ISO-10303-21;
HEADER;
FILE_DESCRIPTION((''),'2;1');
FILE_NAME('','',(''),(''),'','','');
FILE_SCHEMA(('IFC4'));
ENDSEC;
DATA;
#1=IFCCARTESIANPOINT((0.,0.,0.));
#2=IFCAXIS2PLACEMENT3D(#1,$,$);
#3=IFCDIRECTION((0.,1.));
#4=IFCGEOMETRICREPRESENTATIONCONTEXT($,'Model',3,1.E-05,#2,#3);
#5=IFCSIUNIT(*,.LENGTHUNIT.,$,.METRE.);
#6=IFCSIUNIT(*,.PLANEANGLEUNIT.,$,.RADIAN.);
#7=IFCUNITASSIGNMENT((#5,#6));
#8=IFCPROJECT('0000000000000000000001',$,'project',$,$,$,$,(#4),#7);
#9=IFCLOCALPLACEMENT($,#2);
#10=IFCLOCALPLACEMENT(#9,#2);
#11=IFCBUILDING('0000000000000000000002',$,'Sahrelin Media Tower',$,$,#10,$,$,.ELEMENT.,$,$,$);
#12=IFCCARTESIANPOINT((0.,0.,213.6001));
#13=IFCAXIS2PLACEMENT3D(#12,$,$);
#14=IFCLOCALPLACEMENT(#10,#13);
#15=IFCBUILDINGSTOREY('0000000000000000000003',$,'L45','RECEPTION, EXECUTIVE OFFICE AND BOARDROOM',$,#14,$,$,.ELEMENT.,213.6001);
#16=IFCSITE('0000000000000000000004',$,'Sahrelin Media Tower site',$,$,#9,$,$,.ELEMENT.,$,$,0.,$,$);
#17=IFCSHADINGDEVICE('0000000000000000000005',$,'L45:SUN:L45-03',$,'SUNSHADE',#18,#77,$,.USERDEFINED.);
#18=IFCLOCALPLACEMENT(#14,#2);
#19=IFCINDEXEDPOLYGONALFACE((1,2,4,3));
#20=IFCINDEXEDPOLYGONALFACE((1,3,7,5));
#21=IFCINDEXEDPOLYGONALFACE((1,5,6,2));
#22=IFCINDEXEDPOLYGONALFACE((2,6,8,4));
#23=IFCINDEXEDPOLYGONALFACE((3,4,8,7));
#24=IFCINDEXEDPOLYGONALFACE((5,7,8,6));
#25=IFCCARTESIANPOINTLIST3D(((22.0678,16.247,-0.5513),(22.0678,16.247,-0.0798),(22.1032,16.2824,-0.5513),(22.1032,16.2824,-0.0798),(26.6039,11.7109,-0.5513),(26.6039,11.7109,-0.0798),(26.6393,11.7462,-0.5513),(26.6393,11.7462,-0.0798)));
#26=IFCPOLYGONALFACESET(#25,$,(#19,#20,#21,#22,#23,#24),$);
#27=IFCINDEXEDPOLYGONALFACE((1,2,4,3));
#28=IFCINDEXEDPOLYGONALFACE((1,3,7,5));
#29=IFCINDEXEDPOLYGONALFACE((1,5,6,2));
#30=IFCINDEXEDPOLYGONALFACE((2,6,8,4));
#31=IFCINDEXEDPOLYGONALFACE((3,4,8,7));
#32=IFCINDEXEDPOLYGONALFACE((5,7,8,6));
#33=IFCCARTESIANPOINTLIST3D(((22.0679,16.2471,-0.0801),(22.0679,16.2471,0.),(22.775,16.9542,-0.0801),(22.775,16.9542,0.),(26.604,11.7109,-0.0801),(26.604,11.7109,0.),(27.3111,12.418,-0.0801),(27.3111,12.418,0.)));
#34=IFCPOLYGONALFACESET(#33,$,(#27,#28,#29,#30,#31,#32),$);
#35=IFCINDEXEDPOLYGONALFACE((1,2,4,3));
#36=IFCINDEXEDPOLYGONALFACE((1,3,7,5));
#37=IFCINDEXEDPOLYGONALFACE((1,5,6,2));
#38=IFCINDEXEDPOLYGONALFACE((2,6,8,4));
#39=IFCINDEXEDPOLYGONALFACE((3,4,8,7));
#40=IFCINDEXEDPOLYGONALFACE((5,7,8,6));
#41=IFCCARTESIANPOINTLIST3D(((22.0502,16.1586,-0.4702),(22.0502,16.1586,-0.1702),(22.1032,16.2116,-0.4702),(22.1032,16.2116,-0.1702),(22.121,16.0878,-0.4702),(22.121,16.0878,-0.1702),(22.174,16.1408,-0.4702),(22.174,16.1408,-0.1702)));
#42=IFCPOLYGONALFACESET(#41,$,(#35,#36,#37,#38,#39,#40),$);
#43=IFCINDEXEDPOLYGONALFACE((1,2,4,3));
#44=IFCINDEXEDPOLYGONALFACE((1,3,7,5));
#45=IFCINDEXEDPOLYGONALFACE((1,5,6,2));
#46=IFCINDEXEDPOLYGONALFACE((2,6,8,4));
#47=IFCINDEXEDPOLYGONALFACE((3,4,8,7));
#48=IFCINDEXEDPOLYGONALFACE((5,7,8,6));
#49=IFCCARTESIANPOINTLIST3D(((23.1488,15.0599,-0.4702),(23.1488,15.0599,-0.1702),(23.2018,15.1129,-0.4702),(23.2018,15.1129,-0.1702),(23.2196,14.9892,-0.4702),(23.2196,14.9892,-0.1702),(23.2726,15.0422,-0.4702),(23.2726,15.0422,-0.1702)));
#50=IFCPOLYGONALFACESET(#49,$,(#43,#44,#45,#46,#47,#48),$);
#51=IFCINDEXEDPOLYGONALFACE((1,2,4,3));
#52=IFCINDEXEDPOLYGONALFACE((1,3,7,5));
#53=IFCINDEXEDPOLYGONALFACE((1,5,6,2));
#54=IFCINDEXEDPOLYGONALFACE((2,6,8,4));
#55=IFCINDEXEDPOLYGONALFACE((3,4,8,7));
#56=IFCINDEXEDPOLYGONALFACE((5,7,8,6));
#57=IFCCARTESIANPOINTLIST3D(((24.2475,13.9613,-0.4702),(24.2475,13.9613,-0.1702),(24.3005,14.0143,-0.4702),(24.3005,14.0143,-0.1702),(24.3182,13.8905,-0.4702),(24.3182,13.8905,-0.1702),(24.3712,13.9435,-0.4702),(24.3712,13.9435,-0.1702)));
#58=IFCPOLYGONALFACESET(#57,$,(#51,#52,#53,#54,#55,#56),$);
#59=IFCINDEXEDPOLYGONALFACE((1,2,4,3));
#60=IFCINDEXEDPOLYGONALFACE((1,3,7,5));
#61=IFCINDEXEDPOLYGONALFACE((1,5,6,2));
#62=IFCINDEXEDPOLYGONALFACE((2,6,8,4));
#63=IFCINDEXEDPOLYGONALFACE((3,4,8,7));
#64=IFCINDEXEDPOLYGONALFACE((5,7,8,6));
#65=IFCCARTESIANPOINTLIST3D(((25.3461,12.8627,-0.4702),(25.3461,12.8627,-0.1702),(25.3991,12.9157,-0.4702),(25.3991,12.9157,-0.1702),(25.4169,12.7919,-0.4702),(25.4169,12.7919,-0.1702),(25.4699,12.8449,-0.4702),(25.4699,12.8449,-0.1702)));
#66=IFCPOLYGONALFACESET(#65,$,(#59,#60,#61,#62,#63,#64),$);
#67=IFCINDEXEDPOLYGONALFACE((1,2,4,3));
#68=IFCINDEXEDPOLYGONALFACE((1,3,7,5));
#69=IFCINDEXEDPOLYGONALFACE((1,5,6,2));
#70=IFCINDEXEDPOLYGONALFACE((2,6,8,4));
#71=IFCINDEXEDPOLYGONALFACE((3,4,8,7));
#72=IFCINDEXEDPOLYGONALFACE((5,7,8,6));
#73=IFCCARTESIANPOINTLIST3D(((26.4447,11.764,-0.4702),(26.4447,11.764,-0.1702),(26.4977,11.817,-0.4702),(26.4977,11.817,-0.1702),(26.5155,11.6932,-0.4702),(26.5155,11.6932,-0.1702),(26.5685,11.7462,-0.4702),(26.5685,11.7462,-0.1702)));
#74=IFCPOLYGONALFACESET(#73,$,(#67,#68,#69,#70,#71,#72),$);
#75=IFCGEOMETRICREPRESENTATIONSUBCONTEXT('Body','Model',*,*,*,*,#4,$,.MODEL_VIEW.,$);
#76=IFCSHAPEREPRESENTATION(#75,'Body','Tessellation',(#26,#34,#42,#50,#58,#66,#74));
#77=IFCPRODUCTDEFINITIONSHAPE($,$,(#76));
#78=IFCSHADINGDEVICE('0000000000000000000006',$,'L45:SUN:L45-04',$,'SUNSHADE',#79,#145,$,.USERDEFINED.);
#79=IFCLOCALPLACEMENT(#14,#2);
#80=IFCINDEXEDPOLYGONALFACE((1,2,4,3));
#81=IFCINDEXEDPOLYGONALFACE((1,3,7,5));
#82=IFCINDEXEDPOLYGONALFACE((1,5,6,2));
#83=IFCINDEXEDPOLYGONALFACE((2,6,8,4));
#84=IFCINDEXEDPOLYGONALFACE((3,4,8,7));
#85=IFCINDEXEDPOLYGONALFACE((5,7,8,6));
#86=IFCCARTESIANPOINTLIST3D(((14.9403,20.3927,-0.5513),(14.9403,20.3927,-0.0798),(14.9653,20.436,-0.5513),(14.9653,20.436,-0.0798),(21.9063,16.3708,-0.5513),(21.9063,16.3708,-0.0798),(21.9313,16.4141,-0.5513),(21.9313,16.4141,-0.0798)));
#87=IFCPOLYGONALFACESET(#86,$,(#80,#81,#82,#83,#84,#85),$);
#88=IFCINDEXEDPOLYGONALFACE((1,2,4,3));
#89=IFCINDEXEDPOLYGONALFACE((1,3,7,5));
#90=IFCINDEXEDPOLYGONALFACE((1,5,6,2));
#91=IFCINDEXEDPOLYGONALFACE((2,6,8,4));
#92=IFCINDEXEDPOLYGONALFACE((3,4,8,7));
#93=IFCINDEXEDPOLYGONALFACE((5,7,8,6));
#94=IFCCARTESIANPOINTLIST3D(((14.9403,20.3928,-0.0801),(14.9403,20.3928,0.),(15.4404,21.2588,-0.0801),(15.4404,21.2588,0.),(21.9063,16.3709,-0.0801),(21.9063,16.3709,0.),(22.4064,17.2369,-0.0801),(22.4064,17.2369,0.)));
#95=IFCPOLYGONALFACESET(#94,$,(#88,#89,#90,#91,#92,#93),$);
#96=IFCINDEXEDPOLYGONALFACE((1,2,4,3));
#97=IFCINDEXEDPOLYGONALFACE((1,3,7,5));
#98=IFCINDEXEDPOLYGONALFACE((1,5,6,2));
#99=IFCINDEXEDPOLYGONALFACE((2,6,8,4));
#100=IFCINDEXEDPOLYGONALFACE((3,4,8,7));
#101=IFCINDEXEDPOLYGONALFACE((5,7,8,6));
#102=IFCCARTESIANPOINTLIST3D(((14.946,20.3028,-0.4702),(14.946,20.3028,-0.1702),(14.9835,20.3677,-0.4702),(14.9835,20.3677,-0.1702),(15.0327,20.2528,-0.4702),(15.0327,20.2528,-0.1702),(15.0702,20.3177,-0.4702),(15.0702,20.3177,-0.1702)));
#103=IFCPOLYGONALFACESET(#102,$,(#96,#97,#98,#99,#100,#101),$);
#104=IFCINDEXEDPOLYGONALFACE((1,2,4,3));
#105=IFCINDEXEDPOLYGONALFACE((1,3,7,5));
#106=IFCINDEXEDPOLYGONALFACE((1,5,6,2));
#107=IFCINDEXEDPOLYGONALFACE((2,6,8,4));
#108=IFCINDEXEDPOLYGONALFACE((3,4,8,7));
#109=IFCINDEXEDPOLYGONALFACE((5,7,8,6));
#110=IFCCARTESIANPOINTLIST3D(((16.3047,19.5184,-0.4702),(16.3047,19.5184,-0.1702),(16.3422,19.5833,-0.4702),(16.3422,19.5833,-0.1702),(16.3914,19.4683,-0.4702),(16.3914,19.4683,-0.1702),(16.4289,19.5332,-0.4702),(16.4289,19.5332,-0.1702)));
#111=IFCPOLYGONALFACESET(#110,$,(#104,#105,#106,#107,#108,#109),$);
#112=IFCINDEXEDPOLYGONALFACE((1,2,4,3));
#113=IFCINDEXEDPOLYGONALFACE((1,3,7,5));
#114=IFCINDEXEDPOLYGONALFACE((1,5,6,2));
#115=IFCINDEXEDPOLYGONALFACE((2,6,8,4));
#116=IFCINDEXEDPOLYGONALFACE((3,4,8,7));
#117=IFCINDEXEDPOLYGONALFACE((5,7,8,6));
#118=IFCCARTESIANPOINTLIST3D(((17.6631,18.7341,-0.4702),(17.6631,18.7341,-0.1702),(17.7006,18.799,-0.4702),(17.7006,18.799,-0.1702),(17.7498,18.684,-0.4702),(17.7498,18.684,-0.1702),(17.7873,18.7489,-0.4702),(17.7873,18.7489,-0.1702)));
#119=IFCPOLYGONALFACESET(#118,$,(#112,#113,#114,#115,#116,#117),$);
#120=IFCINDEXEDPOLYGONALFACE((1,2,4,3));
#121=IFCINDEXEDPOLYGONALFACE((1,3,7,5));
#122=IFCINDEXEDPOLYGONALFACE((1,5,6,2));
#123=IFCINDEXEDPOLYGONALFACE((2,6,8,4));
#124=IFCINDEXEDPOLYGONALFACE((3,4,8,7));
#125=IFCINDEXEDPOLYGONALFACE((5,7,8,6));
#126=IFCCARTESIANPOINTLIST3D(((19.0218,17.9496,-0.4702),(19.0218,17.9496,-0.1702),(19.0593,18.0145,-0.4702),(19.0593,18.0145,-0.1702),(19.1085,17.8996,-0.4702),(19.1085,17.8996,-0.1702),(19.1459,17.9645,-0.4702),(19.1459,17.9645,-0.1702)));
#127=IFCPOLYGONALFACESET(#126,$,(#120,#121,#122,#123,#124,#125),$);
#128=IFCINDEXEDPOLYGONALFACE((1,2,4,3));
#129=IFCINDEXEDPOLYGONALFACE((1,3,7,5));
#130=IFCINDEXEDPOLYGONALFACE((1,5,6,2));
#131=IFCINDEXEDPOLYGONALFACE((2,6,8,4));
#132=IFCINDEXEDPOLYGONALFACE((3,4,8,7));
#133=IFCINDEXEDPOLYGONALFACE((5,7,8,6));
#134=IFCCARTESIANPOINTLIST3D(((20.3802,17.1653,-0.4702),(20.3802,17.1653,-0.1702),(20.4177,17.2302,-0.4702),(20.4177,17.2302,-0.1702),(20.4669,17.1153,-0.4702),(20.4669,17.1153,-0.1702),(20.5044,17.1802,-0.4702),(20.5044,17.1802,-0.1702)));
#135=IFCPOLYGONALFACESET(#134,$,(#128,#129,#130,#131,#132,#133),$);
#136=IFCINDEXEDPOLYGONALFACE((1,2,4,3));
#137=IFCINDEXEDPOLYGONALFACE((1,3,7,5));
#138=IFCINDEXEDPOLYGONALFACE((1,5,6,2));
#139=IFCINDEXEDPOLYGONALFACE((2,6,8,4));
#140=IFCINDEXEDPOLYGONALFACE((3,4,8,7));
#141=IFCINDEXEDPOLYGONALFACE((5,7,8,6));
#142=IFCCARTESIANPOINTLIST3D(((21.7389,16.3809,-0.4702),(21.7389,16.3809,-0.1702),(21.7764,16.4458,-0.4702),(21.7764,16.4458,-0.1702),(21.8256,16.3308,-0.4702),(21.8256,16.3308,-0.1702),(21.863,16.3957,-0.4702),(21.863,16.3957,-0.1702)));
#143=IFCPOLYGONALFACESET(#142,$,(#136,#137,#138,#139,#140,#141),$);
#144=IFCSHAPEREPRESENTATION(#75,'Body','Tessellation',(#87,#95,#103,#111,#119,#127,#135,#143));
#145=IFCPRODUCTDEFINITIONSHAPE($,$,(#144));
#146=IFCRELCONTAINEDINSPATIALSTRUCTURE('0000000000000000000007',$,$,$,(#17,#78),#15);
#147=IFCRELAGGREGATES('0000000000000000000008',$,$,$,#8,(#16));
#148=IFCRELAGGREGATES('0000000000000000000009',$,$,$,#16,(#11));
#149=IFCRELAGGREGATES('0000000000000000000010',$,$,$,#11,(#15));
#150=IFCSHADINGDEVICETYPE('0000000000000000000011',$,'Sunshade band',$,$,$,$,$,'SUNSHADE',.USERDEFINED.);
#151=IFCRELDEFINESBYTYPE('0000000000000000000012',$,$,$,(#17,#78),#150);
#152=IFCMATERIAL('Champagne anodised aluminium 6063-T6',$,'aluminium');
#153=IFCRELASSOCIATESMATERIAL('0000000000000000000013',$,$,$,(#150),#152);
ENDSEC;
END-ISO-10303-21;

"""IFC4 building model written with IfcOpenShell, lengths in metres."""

from ifc_helpers import new_model, si_unit, direction, frame, origin, origin_2d, place, context, subcontext, project, spatial, rectangle, extrude, material, type_object, element, save


model = new_model("IFC4")

# Units and contexts
model_context = context("Model", 3, precision=1e-05, world=origin(), true_north=direction((0.0, 1.0)))
body_context = subcontext(model_context, "Body", "Model", "MODEL_VIEW")
ifc_project = project(units=[si_unit("LENGTHUNIT", "METRE"), si_unit("PLANEANGLEUNIT", "RADIAN")], contexts=[model_context])

# Site, building, storey
site_placement = place(None, origin())
site = spatial("IfcSite", under=ifc_project, at=site_placement, Name="Sahrelin Media Tower site", CompositionType="ELEMENT", RefElevation=0.0)
building_placement = place(site_placement, origin())
building = spatial("IfcBuilding", under=site, at=building_placement, Name="Sahrelin Media Tower", CompositionType="ELEMENT")
storey_placement = place(building_placement, frame((0.0, 0.0, 213.6001)))
storey = spatial("IfcBuildingStorey", under=building, at=storey_placement, Name="L45", Description="RECEPTION, EXECUTIVE OFFICE AND BOARDROOM", CompositionType="ELEMENT", Elevation=213.6001)

# Shared definitions
ifc_material_1 = material(Name="Champagne anodised aluminium 6063-T6", Category="aluminium")

# Shading devices
placement_1 = place(storey_placement, frame((24.3218, 13.9648, 0.0), z_axis=(0.0, 0.0, 1.0), x_axis=(0.707107, -0.707107, 0.0)))
placement_2 = place(storey_placement, frame((18.4133, 18.3645, 0.0), z_axis=(0.0, 0.0, 1.0), x_axis=(0.866019, -0.500011, 0.0)))
shading_device_type_1 = type_object("IfcShadingDeviceType", Name="Sunshade band", ElementType="SUNSHADE", PredefinedType="USERDEFINED", material=ifc_material_1)
element("IfcShadingDevice", 1, at=placement_1, inside=storey, type_object=shading_device_type_1, Name="L45:SUN:L45-03", ObjectType="SUNSHADE", PredefinedType="USERDEFINED", context=body_context, shape_type="SweptSolid", body=[
    extrude(rectangle(XDim=6.415, YDim=0.05, at=origin_2d()), frame((0.0, 0.0449, -0.5513)), (0.0, 0.0, 1.0), 0.4714),
    extrude(rectangle(XDim=6.415, YDim=1.0, at=origin_2d()), frame((0.0, 0.52, -0.0801)), (0.0, 0.0, 1.0), 0.0801),
    extrude(rectangle(XDim=0.1001, YDim=0.075, at=origin_2d()), frame((-3.1074, -0.0176, -0.4702)), (0.0, 0.0, 1.0), 0.3),
    extrude(rectangle(XDim=0.1001, YDim=0.075, at=origin_2d()), frame((-1.5537, -0.0176, -0.4702)), (0.0, 0.0, 1.0), 0.3),
    extrude(rectangle(XDim=0.1001, YDim=0.075, at=origin_2d()), frame((0.0, -0.0176, -0.4702)), (0.0, 0.0, 1.0), 0.3),
    extrude(rectangle(XDim=0.1001, YDim=0.075, at=origin_2d()), frame((1.5537, -0.0176, -0.4702)), (0.0, 0.0, 1.0), 0.3),
    extrude(rectangle(XDim=0.1001, YDim=0.075, at=origin_2d()), frame((3.1074, -0.0176, -0.4702)), (0.0, 0.0, 1.0), 0.3),
])
element("IfcShadingDevice", 2, at=placement_2, inside=storey, type_object=shading_device_type_1, Name="L45:SUN:L45-04", ObjectType="SUNSHADE", PredefinedType="USERDEFINED", context=body_context, shape_type="SweptSolid", body=[
    extrude(rectangle(XDim=8.0437, YDim=0.05, at=origin_2d()), frame((0.0, 0.0449, -0.5513)), (0.0, 0.0, 1.0), 0.4714),
    extrude(rectangle(XDim=8.0437, YDim=1.0, at=origin_2d()), frame((0.0, 0.52, -0.0801)), (0.0, 0.0, 1.0), 0.0801),
    extrude(rectangle(XDim=0.1001, YDim=0.075, at=origin_2d()), frame((-3.9219, -0.0176, -0.4702)), (0.0, 0.0, 1.0), 0.3),
    extrude(rectangle(XDim=0.1001, YDim=0.075, at=origin_2d()), frame((-2.353, -0.0176, -0.4702)), (0.0, 0.0, 1.0), 0.3),
    extrude(rectangle(XDim=0.1001, YDim=0.075, at=origin_2d()), frame((-0.7844, -0.0176, -0.4702)), (0.0, 0.0, 1.0), 0.3),
    extrude(rectangle(XDim=0.1001, YDim=0.075, at=origin_2d()), frame((0.7844, -0.0176, -0.4702)), (0.0, 0.0, 1.0), 0.3),
    extrude(rectangle(XDim=0.1001, YDim=0.075, at=origin_2d()), frame((2.353, -0.0176, -0.4702)), (0.0, 0.0, 1.0), 0.3),
    extrude(rectangle(XDim=0.1001, YDim=0.075, at=origin_2d()), frame((3.9219, -0.0176, -0.4702)), (0.0, 0.0, 1.0), 0.3),
])

save(model, "model.ifc")
